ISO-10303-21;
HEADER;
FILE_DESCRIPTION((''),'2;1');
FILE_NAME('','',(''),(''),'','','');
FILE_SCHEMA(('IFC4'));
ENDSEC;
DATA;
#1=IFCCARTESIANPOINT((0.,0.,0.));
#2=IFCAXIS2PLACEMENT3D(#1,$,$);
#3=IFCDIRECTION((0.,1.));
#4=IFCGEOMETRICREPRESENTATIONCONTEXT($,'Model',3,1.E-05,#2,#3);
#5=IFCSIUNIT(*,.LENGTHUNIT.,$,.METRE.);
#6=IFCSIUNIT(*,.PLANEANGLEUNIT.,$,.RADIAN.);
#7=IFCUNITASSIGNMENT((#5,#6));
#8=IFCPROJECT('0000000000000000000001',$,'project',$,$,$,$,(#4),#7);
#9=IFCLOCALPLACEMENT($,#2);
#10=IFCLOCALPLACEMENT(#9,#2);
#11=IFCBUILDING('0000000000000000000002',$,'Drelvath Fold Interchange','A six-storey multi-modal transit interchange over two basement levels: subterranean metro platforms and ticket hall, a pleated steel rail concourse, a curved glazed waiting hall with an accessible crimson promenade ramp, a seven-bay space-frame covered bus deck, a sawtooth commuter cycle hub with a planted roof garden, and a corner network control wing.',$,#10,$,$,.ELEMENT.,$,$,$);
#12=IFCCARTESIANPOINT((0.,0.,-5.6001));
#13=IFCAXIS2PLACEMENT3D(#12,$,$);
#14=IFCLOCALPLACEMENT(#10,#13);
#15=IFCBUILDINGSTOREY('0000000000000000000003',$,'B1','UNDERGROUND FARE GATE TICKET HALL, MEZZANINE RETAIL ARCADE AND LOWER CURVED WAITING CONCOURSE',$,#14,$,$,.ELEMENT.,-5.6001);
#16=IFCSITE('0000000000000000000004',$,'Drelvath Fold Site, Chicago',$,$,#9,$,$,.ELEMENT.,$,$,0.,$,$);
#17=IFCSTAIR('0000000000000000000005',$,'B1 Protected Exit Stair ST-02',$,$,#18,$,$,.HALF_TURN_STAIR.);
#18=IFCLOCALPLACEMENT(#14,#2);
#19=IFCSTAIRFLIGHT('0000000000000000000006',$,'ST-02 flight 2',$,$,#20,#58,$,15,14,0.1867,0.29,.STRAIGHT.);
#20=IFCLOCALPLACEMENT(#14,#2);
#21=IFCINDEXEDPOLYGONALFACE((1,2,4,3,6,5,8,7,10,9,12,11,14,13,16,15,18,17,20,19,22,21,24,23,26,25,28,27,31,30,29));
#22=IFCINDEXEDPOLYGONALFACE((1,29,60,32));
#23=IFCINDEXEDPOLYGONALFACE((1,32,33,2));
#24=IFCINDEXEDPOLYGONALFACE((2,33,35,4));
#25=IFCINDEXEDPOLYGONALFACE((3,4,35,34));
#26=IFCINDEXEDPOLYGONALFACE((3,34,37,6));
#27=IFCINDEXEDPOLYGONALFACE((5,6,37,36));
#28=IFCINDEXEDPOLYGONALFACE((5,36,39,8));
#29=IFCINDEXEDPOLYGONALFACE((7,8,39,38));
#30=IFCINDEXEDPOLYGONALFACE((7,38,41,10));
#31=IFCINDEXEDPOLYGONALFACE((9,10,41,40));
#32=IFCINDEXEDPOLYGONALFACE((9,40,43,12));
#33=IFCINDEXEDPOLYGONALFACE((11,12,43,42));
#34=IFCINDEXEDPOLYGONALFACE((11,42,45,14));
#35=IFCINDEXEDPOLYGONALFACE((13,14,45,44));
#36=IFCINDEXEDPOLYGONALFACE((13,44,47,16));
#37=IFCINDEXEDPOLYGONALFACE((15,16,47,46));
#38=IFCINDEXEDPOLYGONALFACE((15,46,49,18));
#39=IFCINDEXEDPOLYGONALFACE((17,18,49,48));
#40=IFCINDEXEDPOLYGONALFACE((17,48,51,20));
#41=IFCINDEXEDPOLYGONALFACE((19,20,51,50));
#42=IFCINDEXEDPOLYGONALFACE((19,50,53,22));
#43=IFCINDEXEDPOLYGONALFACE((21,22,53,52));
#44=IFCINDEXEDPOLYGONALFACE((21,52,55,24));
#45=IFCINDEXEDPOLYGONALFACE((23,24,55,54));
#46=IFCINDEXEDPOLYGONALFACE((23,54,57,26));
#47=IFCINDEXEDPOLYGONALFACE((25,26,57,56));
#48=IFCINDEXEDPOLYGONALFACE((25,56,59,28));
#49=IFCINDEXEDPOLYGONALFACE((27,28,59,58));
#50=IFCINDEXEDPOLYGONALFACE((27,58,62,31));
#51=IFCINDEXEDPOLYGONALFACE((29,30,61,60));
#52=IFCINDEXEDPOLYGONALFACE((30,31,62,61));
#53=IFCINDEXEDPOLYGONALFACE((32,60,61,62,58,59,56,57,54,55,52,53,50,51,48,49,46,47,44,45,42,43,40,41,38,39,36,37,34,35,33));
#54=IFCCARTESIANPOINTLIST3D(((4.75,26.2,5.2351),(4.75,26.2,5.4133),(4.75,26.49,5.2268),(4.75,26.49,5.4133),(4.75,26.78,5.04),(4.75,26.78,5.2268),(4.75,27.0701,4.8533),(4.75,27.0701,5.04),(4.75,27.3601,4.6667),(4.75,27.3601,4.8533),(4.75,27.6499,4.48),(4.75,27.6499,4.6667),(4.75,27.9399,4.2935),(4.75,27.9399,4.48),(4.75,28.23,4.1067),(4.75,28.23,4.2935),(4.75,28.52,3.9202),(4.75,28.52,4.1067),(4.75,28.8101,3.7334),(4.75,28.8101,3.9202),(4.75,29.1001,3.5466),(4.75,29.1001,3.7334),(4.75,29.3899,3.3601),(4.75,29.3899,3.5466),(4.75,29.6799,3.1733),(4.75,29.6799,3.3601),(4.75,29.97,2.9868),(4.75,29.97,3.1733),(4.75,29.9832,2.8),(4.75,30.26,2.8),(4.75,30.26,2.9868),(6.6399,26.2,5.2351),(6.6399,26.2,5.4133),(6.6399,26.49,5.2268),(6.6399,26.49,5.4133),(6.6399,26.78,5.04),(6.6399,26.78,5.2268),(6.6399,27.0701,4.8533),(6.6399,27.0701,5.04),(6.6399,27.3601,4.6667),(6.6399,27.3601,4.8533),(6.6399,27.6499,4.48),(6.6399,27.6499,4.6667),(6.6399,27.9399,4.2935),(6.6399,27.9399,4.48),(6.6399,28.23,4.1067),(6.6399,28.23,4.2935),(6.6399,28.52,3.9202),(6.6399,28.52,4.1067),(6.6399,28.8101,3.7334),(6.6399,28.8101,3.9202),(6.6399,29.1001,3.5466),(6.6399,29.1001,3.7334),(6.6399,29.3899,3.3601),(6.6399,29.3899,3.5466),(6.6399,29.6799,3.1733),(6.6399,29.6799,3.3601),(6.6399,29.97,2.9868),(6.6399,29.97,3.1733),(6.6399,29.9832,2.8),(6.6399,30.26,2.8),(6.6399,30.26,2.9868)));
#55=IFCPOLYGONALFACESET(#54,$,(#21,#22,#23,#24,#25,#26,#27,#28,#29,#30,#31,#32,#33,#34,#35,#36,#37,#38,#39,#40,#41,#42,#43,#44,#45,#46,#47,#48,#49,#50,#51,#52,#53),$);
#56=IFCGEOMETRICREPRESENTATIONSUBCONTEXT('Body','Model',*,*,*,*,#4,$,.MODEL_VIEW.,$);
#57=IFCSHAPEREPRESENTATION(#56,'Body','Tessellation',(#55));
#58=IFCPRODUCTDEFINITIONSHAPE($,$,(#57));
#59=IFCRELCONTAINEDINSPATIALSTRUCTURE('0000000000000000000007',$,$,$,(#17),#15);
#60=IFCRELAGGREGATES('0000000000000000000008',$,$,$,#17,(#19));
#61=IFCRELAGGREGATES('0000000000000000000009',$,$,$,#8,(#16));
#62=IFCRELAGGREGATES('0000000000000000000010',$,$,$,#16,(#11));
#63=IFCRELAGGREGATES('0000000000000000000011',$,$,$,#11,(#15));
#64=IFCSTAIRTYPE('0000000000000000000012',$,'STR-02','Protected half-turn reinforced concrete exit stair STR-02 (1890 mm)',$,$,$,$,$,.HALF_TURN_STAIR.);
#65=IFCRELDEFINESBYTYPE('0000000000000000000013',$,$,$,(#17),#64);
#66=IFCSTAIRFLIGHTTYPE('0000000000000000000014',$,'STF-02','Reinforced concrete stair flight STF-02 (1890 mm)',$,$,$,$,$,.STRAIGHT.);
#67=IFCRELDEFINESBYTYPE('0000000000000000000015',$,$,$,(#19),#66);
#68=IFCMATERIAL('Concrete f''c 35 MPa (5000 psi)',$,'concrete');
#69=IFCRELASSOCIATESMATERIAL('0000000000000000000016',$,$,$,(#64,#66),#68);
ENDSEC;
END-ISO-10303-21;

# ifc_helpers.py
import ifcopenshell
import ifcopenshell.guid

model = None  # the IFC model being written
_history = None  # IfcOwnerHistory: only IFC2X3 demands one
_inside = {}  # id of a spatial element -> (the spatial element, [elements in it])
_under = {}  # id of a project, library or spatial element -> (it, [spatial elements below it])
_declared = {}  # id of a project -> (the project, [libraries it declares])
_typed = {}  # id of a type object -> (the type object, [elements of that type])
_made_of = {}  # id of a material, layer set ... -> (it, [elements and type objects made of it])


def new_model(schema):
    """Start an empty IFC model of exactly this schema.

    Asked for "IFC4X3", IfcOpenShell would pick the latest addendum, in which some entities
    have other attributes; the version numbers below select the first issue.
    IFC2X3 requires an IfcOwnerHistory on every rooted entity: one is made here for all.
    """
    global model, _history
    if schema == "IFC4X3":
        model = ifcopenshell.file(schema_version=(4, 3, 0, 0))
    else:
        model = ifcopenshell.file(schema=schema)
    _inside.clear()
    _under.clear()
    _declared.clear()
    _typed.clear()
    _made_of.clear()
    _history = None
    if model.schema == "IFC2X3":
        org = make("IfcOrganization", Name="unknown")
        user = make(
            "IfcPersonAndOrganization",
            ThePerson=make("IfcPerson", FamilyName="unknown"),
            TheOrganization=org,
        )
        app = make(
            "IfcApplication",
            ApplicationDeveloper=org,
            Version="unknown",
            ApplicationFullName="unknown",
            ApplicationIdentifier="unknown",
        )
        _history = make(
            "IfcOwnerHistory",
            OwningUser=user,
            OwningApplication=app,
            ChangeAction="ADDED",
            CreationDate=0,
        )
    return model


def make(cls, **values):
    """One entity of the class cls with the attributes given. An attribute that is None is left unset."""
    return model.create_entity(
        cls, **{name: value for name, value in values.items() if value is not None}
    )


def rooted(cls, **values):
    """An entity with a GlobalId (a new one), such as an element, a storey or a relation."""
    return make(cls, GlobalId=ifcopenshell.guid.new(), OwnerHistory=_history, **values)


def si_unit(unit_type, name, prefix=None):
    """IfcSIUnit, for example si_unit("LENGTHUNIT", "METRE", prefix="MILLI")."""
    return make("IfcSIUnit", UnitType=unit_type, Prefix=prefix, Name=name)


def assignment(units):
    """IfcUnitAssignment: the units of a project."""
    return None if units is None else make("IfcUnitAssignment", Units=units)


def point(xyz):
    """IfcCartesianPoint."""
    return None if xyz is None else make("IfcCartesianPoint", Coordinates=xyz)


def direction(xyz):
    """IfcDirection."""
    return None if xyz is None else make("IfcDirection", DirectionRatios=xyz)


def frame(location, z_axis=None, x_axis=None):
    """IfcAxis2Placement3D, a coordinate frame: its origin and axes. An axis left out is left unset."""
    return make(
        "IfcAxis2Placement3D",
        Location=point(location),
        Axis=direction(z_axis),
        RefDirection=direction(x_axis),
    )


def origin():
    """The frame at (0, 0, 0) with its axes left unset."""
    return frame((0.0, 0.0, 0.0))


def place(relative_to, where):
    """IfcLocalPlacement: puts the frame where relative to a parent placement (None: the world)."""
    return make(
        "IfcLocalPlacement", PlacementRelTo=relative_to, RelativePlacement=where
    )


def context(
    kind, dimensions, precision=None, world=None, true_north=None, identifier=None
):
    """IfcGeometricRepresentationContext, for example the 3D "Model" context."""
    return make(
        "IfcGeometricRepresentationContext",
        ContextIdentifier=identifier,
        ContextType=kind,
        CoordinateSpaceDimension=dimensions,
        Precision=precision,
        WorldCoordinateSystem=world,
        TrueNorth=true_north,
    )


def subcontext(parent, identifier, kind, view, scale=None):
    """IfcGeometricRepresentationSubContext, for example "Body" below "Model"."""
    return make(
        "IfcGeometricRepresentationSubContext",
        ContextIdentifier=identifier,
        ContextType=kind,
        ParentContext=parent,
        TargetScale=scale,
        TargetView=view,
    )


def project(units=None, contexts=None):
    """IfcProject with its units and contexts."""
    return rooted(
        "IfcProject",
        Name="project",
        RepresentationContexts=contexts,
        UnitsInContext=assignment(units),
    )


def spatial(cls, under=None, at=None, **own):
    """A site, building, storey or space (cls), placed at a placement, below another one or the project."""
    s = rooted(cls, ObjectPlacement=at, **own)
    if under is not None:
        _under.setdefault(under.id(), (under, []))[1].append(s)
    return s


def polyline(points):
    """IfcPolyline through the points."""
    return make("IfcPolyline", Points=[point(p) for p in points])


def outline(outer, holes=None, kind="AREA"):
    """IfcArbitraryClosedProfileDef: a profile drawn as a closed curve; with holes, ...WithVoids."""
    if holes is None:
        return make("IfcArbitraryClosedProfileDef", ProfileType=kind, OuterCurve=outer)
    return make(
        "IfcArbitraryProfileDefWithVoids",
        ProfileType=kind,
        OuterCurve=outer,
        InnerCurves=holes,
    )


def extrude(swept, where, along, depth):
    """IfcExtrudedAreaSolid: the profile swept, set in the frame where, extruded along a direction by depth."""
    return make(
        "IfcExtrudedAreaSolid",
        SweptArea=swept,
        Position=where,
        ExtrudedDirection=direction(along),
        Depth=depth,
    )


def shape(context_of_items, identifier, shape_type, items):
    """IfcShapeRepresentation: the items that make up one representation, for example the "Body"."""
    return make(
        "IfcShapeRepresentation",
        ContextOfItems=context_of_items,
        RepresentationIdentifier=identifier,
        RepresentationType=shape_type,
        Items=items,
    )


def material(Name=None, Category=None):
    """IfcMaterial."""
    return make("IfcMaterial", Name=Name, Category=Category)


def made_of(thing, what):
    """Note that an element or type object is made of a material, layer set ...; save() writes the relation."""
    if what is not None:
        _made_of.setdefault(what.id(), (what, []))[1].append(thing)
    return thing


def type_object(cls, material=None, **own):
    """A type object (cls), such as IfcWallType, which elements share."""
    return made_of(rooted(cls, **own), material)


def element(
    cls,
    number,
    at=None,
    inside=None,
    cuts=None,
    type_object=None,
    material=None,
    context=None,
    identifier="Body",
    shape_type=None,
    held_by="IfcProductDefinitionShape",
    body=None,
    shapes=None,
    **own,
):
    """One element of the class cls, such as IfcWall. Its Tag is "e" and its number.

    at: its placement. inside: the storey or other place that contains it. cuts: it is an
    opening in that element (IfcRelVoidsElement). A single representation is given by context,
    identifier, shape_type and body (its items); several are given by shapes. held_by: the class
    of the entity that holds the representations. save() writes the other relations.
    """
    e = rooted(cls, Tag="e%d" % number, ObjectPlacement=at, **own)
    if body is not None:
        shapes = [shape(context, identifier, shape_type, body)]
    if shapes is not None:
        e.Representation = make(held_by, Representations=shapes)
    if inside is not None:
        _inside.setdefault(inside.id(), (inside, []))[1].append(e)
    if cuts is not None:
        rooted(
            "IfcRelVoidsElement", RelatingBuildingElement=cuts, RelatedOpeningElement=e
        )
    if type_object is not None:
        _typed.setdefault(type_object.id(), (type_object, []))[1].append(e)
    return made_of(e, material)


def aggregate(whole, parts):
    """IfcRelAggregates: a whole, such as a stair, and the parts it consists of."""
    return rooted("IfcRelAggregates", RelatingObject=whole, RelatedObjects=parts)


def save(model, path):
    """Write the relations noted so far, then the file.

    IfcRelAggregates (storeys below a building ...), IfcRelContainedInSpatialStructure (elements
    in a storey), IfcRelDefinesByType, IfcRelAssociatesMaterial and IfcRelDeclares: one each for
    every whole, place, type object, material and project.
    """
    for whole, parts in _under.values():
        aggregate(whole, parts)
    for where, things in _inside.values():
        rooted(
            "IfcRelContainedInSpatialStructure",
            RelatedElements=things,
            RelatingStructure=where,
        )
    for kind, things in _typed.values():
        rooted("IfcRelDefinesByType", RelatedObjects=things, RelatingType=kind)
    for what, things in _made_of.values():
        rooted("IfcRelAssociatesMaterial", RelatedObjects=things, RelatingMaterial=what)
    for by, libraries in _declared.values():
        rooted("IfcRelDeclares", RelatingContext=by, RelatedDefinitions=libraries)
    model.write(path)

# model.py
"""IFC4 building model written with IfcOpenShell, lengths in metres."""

from ifc_helpers import new_model, si_unit, direction, frame, origin, place, context, subcontext, project, spatial, polyline, outline, extrude, material, type_object, element, aggregate, save


model = new_model("IFC4")

# Units and contexts
model_context = context("Model", 3, precision=1e-05, world=origin(), true_north=direction((0.0, 1.0)))
body_context = subcontext(model_context, "Body", "Model", "MODEL_VIEW")
ifc_project = project(units=[si_unit("LENGTHUNIT", "METRE"), si_unit("PLANEANGLEUNIT", "RADIAN")], contexts=[model_context])

# Site, building, storey
site_placement = place(None, origin())
site = spatial("IfcSite", under=ifc_project, at=site_placement, Name="Drelvath Fold Site, Chicago", CompositionType="ELEMENT", RefElevation=0.0)
building_placement = place(site_placement, origin())
building = spatial("IfcBuilding", under=site, at=building_placement, Name="Drelvath Fold Interchange", Description="A six-storey multi-modal transit interchange over two basement levels: subterranean metro platforms and ticket hall, a pleated steel rail concourse, a curved glazed waiting hall with an accessible crimson promenade ramp, a seven-bay space-frame covered bus deck, a sawtooth commuter cycle hub with a planted roof garden, and a corner network control wing.", CompositionType="ELEMENT")
storey_placement = place(building_placement, frame((0.0, 0.0, -5.6001)))
storey = spatial("IfcBuildingStorey", under=building, at=storey_placement, Name="B1", Description="UNDERGROUND FARE GATE TICKET HALL, MEZZANINE RETAIL ARCADE AND LOWER CURVED WAITING CONCOURSE", CompositionType="ELEMENT", Elevation=-5.6001)

# Stair, stair flight
ifc_material_1 = material(Name="Concrete f'c 35 MPa (5000 psi)", Category="concrete")
stair_type = type_object("IfcStairType", Name="STR-02", Description="Protected half-turn reinforced concrete exit stair STR-02 (1890 mm)", PredefinedType="HALF_TURN_STAIR", material=ifc_material_1)
stair_placement = place(storey_placement, origin())
stair = element("IfcStair", 1, at=stair_placement, inside=storey, type_object=stair_type, Name="B1 Protected Exit Stair ST-02", PredefinedType="HALF_TURN_STAIR")
stair_flight_type = type_object("IfcStairFlightType", Name="STF-02", Description="Reinforced concrete stair flight STF-02 (1890 mm)", PredefinedType="STRAIGHT", material=ifc_material_1)
stair_flight_1_placement = place(storey_placement, frame((5.6951, 30.26, 2.8), z_axis=(0.0, 0.0, 1.0), x_axis=(0.0, -1.0, 0.0)))
stair_flight_1 = element("IfcStairFlight", 2, at=stair_flight_1_placement, type_object=stair_flight_type, Name="ST-02 flight 2", NumberOfRisers=15, NumberOfTreads=14, PredefinedType="STRAIGHT", RiserHeight=0.1867, TreadLength=0.29, context=body_context, shape_type="SweptSolid", body=[
    extrude(outline(polyline([(0.0, 0.0), (0.0, 0.1868), (0.29, 0.1868), (0.29, 0.3733), (0.5801, 0.3733), (0.5801, 0.5601), (0.8701, 0.5601), (0.8701, 0.7466), (1.1599, 0.7466), (1.1599, 0.9333), (1.45, 0.9333), (1.45, 1.1201), (1.74, 1.1201), (1.74, 1.3066), (2.03, 1.3066), (2.03, 1.4934), (2.3201, 1.4934), (2.3201, 1.6799), (2.6101, 1.6799), (2.6101, 1.8667), (2.8999, 1.8667), (2.8999, 2.0532), (3.1899, 2.0532), (3.1899, 2.24), (3.48, 2.24), (3.48, 2.4268), (3.77, 2.4268), (3.77, 2.6133), (4.0601, 2.6133), (4.0601, 2.8), (4.0601, 2.4351), (0.2769, 0.0), (0.0, 0.0)])), frame((0.0, 0.9448, 0.0), z_axis=(0.0, -1.0, 0.0), x_axis=(1.0, 0.0, 0.0)), (0.0, 0.0, 1.0), 1.8899),
])
aggregate(stair, [stair_flight_1])

save(model, "model.ifc")
